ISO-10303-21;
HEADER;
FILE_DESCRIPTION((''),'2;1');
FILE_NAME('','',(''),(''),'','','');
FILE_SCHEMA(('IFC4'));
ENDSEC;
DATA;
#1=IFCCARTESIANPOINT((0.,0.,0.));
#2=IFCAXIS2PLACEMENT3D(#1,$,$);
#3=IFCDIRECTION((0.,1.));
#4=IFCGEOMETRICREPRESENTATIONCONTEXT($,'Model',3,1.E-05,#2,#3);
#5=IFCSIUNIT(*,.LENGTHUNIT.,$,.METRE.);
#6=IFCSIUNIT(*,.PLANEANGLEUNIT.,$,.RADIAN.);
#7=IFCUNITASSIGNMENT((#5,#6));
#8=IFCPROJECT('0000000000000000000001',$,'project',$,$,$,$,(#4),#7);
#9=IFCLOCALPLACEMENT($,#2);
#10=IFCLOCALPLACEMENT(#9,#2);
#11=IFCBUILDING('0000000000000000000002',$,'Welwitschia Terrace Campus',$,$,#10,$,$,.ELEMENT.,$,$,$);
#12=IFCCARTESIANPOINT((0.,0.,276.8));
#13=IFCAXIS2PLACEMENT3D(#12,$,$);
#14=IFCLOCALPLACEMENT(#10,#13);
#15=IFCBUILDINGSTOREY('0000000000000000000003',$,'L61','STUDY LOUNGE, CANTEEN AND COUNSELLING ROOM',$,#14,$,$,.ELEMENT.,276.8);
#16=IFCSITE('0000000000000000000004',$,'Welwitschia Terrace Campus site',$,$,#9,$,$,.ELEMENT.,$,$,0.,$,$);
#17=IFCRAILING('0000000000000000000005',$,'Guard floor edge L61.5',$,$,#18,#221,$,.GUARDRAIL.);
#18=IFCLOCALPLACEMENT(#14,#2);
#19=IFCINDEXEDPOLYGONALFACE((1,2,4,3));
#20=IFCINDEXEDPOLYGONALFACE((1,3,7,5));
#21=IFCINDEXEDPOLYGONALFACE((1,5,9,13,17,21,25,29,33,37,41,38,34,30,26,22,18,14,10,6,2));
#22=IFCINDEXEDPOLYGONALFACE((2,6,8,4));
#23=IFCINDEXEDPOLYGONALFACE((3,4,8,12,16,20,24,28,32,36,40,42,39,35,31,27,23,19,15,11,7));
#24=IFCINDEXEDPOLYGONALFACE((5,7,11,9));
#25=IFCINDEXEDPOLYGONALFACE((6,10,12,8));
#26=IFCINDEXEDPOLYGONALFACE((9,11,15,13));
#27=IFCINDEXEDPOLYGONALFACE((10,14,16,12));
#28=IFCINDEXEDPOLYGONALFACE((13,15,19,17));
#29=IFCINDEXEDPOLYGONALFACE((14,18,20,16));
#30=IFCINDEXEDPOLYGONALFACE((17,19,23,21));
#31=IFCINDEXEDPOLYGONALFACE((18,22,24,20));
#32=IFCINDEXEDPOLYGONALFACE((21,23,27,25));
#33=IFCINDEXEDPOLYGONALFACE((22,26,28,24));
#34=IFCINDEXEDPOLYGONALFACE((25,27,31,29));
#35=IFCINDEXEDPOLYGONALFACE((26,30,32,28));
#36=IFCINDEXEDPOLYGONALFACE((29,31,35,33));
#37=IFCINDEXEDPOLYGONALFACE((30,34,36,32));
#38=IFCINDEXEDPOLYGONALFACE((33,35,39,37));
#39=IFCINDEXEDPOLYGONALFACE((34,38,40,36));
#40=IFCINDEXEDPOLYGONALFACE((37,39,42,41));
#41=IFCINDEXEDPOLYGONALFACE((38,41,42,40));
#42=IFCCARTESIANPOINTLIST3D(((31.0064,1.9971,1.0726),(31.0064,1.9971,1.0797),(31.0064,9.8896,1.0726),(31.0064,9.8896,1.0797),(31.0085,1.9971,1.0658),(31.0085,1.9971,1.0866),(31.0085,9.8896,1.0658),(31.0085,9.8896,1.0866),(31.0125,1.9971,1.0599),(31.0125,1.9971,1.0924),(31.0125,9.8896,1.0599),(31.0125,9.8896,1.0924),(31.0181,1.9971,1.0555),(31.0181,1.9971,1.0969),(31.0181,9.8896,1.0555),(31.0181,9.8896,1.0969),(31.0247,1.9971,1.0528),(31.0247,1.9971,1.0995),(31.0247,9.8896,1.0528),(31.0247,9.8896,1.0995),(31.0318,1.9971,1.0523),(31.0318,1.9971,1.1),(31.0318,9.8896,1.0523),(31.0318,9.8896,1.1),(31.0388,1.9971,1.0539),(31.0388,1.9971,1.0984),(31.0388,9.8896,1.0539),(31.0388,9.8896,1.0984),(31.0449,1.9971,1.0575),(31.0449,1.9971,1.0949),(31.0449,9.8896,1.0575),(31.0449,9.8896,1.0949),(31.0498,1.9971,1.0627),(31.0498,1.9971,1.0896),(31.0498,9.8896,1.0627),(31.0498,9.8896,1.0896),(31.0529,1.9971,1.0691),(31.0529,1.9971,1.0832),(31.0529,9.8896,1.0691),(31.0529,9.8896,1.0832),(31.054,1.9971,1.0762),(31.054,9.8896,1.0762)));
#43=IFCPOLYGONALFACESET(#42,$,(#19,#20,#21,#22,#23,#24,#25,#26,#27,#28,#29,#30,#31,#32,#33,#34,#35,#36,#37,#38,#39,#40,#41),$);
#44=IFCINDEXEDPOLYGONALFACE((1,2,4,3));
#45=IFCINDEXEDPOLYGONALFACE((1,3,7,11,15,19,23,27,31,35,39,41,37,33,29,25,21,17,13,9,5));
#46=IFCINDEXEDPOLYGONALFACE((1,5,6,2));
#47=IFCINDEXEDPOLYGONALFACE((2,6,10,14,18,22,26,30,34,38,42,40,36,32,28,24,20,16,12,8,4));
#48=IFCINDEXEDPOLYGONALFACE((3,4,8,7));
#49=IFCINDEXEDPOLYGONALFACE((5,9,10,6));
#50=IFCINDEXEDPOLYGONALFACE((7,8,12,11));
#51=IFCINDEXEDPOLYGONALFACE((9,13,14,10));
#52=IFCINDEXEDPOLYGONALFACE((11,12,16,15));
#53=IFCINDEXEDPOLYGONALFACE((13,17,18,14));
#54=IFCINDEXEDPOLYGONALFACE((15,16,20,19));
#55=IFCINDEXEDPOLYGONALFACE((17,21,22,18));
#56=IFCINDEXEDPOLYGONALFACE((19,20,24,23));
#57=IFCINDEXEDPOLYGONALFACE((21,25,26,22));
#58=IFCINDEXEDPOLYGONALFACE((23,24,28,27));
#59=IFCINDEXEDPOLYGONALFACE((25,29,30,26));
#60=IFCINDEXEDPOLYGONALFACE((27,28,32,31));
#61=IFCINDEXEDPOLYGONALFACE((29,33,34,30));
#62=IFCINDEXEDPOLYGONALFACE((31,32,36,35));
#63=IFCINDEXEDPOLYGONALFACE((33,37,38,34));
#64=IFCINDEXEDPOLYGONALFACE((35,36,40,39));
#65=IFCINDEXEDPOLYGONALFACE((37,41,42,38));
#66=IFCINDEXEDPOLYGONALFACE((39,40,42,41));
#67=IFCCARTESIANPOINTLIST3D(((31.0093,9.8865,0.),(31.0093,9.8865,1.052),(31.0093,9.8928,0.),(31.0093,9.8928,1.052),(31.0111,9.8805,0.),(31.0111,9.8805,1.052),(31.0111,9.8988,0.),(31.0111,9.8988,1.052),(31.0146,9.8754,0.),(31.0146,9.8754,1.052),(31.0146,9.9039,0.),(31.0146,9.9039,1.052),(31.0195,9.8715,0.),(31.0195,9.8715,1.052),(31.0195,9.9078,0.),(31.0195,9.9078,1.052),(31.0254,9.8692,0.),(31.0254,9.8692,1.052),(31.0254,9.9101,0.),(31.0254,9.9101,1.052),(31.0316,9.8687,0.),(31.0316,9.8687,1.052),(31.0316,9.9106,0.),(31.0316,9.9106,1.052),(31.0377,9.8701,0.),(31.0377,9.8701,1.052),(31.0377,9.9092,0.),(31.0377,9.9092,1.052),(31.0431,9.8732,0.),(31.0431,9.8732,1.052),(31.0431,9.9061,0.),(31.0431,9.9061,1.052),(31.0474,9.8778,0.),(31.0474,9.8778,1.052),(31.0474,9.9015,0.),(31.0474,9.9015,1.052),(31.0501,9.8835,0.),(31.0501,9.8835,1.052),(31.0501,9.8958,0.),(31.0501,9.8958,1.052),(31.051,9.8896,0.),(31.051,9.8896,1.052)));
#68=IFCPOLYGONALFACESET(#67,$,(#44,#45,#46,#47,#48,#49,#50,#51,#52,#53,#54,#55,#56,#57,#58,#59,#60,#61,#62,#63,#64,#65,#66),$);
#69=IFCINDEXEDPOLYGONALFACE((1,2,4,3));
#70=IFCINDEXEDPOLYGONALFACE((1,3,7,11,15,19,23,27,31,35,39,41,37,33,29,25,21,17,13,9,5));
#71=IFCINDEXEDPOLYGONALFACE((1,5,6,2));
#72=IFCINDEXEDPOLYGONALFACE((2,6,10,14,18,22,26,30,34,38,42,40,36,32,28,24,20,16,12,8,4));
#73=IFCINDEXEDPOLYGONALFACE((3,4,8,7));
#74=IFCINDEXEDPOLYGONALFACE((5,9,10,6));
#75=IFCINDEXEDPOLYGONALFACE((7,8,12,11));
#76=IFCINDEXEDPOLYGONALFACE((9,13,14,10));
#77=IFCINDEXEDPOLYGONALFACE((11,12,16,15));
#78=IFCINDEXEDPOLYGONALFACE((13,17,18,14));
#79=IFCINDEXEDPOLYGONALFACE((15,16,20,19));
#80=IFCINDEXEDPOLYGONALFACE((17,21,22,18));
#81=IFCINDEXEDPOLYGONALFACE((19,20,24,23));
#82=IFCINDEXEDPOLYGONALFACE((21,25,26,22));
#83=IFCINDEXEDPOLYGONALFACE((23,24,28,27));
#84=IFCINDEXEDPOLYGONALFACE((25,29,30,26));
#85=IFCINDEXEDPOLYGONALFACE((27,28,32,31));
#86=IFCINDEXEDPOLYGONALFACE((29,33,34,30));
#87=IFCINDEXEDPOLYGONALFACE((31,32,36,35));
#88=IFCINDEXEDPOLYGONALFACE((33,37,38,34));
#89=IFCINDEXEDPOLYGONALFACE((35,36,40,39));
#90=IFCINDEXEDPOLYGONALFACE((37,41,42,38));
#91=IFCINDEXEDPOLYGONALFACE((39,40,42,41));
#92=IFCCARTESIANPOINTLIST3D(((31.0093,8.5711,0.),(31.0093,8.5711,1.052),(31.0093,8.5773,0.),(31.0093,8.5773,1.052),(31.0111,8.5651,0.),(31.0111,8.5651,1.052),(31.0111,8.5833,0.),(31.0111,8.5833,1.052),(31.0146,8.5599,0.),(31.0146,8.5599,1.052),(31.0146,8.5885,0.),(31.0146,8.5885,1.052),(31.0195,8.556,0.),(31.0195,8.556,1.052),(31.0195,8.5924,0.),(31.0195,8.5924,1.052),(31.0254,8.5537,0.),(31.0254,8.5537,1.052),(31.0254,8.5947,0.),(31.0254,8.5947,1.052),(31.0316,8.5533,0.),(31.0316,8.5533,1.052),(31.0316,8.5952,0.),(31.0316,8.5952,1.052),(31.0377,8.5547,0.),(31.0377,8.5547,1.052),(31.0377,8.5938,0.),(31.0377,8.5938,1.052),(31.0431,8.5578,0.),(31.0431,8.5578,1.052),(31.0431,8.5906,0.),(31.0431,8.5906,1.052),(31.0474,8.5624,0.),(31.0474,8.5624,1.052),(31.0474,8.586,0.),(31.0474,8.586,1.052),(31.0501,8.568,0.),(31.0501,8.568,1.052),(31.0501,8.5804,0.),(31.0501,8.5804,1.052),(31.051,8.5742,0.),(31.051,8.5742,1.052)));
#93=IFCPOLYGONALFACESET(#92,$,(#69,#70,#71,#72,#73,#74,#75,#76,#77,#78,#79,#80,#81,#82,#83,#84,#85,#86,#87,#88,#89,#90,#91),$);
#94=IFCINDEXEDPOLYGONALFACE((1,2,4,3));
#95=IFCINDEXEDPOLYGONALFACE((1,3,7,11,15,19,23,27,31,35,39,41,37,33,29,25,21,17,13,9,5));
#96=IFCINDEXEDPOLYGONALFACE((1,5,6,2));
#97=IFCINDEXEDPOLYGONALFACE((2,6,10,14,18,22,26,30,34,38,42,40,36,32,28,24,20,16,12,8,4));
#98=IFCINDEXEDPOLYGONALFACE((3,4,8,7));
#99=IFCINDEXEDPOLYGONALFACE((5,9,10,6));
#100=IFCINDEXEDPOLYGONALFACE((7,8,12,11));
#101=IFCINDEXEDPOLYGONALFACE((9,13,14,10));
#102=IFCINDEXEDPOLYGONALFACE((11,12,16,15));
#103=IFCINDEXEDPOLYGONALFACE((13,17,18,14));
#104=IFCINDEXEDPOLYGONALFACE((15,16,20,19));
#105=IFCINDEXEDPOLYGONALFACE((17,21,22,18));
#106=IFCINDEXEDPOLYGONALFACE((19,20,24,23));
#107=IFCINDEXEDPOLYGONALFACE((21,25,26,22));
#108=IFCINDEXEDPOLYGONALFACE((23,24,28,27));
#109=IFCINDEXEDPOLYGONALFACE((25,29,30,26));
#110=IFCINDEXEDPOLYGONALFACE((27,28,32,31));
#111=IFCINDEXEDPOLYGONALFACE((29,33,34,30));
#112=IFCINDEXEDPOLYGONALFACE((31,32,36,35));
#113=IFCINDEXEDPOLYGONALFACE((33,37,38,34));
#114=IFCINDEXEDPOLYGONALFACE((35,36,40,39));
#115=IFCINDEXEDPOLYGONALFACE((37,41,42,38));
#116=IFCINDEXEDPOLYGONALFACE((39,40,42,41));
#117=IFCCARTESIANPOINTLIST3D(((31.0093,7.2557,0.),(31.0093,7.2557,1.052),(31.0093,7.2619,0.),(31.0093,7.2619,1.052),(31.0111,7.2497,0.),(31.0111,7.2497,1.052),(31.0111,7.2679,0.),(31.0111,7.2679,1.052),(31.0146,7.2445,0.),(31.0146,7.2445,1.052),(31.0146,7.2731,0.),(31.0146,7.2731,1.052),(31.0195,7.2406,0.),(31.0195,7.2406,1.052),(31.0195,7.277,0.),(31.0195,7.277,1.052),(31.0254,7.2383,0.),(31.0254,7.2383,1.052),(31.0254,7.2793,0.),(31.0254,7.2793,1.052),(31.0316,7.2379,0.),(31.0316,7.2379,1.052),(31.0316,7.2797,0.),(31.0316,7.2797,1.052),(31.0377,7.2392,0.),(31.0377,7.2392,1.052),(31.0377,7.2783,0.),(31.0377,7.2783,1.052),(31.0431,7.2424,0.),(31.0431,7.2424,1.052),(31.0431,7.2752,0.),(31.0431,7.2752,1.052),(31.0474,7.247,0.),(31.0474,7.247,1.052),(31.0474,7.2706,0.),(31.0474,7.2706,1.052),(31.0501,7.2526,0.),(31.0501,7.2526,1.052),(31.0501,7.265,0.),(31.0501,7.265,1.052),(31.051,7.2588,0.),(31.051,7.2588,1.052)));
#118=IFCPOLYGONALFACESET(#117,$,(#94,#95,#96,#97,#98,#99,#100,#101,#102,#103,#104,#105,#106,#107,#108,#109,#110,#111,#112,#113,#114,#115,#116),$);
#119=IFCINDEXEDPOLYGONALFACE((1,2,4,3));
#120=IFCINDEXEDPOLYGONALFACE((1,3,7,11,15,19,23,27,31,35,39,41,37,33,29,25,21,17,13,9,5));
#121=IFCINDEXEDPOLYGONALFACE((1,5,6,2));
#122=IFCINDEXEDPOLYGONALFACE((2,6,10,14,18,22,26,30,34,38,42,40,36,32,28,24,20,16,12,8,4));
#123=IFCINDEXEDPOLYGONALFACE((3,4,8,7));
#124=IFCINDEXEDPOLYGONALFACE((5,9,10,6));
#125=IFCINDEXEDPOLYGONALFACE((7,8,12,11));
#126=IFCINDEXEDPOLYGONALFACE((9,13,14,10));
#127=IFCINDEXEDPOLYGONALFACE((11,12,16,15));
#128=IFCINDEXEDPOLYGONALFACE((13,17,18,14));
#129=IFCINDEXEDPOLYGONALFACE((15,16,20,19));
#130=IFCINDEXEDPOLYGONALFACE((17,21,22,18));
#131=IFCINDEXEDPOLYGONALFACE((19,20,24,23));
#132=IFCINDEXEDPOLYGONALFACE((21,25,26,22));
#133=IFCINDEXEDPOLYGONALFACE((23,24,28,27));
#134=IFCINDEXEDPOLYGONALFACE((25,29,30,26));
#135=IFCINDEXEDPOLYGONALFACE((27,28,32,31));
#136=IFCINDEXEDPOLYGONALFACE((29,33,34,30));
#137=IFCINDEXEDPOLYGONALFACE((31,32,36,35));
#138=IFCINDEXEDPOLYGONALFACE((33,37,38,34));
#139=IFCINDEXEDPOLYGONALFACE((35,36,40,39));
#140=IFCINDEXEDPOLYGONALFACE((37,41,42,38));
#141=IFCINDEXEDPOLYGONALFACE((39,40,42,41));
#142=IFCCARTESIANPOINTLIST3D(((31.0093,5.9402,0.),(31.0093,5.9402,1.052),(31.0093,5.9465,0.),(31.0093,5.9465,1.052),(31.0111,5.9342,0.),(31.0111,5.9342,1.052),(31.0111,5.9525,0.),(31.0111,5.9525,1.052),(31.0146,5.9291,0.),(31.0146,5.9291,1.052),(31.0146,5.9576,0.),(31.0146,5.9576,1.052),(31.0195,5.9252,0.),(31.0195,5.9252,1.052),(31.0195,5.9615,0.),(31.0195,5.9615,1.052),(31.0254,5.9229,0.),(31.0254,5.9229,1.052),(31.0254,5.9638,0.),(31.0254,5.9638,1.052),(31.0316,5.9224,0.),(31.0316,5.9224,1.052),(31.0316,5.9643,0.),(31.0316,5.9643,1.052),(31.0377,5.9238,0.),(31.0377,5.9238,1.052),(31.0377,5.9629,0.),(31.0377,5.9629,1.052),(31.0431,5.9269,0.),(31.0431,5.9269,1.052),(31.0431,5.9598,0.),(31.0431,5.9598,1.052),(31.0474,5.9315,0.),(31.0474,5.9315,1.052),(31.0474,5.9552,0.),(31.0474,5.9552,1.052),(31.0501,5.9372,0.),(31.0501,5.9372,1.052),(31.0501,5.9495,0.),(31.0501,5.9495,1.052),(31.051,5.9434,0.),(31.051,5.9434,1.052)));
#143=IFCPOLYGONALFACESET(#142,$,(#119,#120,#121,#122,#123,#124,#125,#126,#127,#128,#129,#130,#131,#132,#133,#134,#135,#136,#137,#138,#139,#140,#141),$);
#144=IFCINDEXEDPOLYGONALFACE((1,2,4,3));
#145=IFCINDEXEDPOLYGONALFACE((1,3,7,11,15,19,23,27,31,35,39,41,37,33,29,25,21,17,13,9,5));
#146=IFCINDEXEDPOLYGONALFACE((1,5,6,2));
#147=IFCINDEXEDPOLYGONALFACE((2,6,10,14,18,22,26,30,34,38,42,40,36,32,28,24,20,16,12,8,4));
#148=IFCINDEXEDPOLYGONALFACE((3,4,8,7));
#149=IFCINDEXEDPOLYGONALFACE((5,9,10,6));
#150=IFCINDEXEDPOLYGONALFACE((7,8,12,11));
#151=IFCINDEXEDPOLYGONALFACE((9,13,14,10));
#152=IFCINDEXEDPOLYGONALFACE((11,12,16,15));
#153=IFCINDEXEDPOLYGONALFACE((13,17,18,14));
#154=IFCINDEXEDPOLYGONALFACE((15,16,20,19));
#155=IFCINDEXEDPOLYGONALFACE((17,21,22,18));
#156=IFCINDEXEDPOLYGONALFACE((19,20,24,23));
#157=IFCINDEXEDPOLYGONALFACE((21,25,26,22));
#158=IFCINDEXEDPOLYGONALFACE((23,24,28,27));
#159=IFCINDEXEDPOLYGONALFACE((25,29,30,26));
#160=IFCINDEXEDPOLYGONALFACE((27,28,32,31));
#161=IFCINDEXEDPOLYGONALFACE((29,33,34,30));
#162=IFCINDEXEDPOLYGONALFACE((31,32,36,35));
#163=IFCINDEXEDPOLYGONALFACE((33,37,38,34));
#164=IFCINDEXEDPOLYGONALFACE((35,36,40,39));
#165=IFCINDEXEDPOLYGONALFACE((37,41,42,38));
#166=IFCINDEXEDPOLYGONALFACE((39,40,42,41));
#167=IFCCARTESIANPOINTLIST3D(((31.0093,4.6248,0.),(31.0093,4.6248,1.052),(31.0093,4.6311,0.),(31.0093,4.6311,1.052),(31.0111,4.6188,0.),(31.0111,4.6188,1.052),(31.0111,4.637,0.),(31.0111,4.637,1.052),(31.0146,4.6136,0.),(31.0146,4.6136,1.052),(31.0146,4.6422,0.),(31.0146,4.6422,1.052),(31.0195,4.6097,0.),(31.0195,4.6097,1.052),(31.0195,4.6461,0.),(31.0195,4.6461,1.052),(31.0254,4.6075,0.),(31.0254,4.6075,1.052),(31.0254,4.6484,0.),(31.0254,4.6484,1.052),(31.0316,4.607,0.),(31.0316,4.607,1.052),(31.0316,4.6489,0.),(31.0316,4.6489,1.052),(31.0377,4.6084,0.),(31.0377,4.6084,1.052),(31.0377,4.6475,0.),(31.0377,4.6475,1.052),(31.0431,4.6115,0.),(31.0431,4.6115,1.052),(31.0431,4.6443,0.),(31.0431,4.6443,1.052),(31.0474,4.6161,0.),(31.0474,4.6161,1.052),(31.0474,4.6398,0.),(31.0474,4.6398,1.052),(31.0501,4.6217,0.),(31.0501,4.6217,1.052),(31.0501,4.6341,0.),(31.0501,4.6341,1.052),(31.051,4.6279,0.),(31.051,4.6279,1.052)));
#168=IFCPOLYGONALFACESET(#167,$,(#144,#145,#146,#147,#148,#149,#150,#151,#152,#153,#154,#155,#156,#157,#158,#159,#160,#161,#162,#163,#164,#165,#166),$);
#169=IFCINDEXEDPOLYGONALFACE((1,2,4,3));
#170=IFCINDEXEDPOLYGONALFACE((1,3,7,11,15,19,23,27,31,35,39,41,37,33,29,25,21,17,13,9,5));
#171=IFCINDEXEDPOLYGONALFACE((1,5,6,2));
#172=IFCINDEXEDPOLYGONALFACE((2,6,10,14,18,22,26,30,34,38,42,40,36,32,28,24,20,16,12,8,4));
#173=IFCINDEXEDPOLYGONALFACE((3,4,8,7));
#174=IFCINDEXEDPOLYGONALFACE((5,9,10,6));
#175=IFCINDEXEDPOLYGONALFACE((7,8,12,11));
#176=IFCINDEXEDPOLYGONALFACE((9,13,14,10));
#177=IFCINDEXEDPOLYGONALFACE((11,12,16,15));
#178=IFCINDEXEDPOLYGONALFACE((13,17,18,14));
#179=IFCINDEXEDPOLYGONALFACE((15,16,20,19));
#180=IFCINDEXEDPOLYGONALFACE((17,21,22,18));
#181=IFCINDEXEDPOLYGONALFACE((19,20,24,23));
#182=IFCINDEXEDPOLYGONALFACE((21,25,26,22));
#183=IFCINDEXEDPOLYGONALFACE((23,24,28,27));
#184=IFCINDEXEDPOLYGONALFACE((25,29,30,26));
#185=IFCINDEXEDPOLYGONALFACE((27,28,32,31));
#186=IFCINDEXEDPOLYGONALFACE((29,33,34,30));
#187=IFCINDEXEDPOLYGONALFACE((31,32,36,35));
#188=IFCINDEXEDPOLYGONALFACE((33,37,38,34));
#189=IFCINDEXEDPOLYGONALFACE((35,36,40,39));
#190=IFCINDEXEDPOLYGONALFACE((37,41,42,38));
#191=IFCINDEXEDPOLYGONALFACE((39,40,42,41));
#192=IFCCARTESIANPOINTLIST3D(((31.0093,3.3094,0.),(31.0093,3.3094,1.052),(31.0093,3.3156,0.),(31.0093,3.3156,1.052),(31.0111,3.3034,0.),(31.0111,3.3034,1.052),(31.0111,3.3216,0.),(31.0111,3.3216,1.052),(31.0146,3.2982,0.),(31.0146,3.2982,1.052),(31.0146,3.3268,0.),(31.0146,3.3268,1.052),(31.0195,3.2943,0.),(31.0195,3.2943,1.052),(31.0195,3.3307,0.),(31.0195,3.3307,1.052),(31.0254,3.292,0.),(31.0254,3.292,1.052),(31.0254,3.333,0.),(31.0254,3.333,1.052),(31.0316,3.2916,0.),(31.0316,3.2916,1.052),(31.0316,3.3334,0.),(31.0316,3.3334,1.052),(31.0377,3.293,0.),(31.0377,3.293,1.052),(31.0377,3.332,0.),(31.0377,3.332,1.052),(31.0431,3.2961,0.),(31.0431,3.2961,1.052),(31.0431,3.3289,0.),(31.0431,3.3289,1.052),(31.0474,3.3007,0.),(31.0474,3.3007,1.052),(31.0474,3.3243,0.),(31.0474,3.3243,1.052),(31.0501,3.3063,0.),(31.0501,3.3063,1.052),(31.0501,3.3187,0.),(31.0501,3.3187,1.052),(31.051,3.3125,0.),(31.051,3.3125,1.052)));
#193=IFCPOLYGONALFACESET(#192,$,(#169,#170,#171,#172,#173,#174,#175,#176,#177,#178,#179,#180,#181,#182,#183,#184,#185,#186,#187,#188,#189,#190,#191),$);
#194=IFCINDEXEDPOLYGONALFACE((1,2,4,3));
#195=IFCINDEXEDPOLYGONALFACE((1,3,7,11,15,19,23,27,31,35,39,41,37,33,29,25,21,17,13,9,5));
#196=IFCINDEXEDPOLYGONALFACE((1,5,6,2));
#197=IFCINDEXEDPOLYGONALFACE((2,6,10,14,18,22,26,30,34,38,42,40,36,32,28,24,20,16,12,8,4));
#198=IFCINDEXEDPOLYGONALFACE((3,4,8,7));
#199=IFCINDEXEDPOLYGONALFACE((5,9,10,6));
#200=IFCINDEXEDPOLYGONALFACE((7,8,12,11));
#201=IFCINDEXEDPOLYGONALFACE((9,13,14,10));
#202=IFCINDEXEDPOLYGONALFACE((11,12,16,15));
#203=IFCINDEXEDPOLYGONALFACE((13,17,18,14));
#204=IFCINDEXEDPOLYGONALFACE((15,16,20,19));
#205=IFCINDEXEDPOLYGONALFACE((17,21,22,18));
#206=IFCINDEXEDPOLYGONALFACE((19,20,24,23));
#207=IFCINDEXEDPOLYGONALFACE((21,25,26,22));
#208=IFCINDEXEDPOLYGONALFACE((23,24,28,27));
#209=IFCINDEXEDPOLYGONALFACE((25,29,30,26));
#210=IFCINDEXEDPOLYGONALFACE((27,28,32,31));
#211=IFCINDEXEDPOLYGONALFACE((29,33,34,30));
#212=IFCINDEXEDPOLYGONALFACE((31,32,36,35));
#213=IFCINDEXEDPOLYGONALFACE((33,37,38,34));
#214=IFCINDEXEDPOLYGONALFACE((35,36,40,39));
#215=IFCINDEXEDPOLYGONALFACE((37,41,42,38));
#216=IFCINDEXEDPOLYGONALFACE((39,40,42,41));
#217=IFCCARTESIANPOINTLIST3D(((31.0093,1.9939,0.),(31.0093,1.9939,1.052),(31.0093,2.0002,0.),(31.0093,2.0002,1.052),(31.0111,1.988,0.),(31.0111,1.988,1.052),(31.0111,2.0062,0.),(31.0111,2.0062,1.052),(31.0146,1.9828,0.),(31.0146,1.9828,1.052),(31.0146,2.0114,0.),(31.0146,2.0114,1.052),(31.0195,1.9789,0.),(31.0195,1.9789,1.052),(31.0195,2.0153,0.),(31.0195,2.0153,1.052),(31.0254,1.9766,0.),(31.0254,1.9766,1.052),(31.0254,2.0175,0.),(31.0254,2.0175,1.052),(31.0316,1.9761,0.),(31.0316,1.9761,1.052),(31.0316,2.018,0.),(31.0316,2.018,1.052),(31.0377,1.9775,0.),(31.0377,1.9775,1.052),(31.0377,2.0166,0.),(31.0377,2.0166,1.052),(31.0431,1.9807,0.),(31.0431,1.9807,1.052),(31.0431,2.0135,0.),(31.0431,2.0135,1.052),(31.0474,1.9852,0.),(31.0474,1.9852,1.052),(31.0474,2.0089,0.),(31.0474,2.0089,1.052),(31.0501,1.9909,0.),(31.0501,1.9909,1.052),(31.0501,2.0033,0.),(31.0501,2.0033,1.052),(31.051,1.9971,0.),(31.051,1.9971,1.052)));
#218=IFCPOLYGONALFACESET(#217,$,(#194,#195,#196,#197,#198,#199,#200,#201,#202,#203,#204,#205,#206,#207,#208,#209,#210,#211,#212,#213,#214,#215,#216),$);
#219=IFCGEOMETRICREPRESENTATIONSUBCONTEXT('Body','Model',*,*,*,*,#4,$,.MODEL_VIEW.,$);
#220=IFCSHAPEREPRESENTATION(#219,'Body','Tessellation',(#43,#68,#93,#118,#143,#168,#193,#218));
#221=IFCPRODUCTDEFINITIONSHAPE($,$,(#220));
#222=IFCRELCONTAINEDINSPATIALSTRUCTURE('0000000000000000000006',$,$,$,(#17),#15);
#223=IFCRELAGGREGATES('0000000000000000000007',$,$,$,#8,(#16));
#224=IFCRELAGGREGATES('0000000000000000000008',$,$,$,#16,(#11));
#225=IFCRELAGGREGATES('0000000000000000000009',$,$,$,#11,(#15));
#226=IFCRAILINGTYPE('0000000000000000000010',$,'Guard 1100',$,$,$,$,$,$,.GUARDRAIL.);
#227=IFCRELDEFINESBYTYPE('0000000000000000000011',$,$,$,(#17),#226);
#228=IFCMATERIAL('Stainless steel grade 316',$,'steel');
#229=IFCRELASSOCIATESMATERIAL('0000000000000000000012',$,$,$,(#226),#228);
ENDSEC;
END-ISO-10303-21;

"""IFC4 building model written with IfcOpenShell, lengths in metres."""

from ifc_helpers import new_model, si_unit, direction, frame, origin, origin_2d, place, context, subcontext, project, spatial, circle, extrude, material, type_object, element, save


model = new_model("IFC4")

# Units and contexts
model_context = context("Model", 3, precision=1e-05, world=origin(), true_north=direction((0.0, 1.0)))
body_context = subcontext(model_context, "Body", "Model", "MODEL_VIEW")
ifc_project = project(units=[si_unit("LENGTHUNIT", "METRE"), si_unit("PLANEANGLEUNIT", "RADIAN")], contexts=[model_context])

# Site, building, storey
site_placement = place(None, origin())
site = spatial("IfcSite", under=ifc_project, at=site_placement, Name="Welwitschia Terrace Campus site", CompositionType="ELEMENT", RefElevation=0.0)
building_placement = place(site_placement, origin())
building = spatial("IfcBuilding", under=site, at=building_placement, Name="Welwitschia Terrace Campus", CompositionType="ELEMENT")
storey_placement = place(building_placement, frame((0.0, 0.0, 276.8)))
storey = spatial("IfcBuildingStorey", under=building, at=storey_placement, Name="L61", Description="STUDY LOUNGE, CANTEEN AND COUNSELLING ROOM", CompositionType="ELEMENT", Elevation=276.8)

# Railing
ifc_material_1 = material(Name="Stainless steel grade 316", Category="steel")
railing_type = type_object("IfcRailingType", Name="Guard 1100", PredefinedType="GUARDRAIL", material=ifc_material_1)
railing_1_placement = place(storey_placement, frame((31.03, 9.8896, 0.0)))
element("IfcRailing", 1, at=railing_1_placement, inside=storey, type_object=railing_type, Name="Guard floor edge L61.5", PredefinedType="GUARDRAIL", context=body_context, shape_type="SweptSolid", body=[
    extrude(circle(Radius=0.0239, at=origin_2d()), frame((0.0, 0.0, 1.0762), z_axis=(0.0, -1.0, 0.0), x_axis=(1.0, 0.0, 0.0)), (0.0, 0.0, 1.0), 7.8926),
    extrude(circle(Radius=0.021, at=origin_2d()), origin(), (0.0, 0.0, 1.0), 1.052),
    extrude(circle(Radius=0.021, at=origin_2d()), frame((0.0, -1.3154, 0.0)), (0.0, 0.0, 1.0), 1.052),
    extrude(circle(Radius=0.021, at=origin_2d()), frame((0.0, -2.6309, 0.0)), (0.0, 0.0, 1.0), 1.052),
    extrude(circle(Radius=0.021, at=origin_2d()), frame((0.0, -3.9463, 0.0)), (0.0, 0.0, 1.0), 1.052),
    extrude(circle(Radius=0.021, at=origin_2d()), frame((0.0, -5.2617, 0.0)), (0.0, 0.0, 1.0), 1.052),
    extrude(circle(Radius=0.021, at=origin_2d()), frame((0.0, -6.5771, 0.0)), (0.0, 0.0, 1.0), 1.052),
    extrude(circle(Radius=0.021, at=origin_2d()), frame((0.0, -7.8926, 0.0)), (0.0, 0.0, 1.0), 1.052),
])

save(model, "model.ifc")
